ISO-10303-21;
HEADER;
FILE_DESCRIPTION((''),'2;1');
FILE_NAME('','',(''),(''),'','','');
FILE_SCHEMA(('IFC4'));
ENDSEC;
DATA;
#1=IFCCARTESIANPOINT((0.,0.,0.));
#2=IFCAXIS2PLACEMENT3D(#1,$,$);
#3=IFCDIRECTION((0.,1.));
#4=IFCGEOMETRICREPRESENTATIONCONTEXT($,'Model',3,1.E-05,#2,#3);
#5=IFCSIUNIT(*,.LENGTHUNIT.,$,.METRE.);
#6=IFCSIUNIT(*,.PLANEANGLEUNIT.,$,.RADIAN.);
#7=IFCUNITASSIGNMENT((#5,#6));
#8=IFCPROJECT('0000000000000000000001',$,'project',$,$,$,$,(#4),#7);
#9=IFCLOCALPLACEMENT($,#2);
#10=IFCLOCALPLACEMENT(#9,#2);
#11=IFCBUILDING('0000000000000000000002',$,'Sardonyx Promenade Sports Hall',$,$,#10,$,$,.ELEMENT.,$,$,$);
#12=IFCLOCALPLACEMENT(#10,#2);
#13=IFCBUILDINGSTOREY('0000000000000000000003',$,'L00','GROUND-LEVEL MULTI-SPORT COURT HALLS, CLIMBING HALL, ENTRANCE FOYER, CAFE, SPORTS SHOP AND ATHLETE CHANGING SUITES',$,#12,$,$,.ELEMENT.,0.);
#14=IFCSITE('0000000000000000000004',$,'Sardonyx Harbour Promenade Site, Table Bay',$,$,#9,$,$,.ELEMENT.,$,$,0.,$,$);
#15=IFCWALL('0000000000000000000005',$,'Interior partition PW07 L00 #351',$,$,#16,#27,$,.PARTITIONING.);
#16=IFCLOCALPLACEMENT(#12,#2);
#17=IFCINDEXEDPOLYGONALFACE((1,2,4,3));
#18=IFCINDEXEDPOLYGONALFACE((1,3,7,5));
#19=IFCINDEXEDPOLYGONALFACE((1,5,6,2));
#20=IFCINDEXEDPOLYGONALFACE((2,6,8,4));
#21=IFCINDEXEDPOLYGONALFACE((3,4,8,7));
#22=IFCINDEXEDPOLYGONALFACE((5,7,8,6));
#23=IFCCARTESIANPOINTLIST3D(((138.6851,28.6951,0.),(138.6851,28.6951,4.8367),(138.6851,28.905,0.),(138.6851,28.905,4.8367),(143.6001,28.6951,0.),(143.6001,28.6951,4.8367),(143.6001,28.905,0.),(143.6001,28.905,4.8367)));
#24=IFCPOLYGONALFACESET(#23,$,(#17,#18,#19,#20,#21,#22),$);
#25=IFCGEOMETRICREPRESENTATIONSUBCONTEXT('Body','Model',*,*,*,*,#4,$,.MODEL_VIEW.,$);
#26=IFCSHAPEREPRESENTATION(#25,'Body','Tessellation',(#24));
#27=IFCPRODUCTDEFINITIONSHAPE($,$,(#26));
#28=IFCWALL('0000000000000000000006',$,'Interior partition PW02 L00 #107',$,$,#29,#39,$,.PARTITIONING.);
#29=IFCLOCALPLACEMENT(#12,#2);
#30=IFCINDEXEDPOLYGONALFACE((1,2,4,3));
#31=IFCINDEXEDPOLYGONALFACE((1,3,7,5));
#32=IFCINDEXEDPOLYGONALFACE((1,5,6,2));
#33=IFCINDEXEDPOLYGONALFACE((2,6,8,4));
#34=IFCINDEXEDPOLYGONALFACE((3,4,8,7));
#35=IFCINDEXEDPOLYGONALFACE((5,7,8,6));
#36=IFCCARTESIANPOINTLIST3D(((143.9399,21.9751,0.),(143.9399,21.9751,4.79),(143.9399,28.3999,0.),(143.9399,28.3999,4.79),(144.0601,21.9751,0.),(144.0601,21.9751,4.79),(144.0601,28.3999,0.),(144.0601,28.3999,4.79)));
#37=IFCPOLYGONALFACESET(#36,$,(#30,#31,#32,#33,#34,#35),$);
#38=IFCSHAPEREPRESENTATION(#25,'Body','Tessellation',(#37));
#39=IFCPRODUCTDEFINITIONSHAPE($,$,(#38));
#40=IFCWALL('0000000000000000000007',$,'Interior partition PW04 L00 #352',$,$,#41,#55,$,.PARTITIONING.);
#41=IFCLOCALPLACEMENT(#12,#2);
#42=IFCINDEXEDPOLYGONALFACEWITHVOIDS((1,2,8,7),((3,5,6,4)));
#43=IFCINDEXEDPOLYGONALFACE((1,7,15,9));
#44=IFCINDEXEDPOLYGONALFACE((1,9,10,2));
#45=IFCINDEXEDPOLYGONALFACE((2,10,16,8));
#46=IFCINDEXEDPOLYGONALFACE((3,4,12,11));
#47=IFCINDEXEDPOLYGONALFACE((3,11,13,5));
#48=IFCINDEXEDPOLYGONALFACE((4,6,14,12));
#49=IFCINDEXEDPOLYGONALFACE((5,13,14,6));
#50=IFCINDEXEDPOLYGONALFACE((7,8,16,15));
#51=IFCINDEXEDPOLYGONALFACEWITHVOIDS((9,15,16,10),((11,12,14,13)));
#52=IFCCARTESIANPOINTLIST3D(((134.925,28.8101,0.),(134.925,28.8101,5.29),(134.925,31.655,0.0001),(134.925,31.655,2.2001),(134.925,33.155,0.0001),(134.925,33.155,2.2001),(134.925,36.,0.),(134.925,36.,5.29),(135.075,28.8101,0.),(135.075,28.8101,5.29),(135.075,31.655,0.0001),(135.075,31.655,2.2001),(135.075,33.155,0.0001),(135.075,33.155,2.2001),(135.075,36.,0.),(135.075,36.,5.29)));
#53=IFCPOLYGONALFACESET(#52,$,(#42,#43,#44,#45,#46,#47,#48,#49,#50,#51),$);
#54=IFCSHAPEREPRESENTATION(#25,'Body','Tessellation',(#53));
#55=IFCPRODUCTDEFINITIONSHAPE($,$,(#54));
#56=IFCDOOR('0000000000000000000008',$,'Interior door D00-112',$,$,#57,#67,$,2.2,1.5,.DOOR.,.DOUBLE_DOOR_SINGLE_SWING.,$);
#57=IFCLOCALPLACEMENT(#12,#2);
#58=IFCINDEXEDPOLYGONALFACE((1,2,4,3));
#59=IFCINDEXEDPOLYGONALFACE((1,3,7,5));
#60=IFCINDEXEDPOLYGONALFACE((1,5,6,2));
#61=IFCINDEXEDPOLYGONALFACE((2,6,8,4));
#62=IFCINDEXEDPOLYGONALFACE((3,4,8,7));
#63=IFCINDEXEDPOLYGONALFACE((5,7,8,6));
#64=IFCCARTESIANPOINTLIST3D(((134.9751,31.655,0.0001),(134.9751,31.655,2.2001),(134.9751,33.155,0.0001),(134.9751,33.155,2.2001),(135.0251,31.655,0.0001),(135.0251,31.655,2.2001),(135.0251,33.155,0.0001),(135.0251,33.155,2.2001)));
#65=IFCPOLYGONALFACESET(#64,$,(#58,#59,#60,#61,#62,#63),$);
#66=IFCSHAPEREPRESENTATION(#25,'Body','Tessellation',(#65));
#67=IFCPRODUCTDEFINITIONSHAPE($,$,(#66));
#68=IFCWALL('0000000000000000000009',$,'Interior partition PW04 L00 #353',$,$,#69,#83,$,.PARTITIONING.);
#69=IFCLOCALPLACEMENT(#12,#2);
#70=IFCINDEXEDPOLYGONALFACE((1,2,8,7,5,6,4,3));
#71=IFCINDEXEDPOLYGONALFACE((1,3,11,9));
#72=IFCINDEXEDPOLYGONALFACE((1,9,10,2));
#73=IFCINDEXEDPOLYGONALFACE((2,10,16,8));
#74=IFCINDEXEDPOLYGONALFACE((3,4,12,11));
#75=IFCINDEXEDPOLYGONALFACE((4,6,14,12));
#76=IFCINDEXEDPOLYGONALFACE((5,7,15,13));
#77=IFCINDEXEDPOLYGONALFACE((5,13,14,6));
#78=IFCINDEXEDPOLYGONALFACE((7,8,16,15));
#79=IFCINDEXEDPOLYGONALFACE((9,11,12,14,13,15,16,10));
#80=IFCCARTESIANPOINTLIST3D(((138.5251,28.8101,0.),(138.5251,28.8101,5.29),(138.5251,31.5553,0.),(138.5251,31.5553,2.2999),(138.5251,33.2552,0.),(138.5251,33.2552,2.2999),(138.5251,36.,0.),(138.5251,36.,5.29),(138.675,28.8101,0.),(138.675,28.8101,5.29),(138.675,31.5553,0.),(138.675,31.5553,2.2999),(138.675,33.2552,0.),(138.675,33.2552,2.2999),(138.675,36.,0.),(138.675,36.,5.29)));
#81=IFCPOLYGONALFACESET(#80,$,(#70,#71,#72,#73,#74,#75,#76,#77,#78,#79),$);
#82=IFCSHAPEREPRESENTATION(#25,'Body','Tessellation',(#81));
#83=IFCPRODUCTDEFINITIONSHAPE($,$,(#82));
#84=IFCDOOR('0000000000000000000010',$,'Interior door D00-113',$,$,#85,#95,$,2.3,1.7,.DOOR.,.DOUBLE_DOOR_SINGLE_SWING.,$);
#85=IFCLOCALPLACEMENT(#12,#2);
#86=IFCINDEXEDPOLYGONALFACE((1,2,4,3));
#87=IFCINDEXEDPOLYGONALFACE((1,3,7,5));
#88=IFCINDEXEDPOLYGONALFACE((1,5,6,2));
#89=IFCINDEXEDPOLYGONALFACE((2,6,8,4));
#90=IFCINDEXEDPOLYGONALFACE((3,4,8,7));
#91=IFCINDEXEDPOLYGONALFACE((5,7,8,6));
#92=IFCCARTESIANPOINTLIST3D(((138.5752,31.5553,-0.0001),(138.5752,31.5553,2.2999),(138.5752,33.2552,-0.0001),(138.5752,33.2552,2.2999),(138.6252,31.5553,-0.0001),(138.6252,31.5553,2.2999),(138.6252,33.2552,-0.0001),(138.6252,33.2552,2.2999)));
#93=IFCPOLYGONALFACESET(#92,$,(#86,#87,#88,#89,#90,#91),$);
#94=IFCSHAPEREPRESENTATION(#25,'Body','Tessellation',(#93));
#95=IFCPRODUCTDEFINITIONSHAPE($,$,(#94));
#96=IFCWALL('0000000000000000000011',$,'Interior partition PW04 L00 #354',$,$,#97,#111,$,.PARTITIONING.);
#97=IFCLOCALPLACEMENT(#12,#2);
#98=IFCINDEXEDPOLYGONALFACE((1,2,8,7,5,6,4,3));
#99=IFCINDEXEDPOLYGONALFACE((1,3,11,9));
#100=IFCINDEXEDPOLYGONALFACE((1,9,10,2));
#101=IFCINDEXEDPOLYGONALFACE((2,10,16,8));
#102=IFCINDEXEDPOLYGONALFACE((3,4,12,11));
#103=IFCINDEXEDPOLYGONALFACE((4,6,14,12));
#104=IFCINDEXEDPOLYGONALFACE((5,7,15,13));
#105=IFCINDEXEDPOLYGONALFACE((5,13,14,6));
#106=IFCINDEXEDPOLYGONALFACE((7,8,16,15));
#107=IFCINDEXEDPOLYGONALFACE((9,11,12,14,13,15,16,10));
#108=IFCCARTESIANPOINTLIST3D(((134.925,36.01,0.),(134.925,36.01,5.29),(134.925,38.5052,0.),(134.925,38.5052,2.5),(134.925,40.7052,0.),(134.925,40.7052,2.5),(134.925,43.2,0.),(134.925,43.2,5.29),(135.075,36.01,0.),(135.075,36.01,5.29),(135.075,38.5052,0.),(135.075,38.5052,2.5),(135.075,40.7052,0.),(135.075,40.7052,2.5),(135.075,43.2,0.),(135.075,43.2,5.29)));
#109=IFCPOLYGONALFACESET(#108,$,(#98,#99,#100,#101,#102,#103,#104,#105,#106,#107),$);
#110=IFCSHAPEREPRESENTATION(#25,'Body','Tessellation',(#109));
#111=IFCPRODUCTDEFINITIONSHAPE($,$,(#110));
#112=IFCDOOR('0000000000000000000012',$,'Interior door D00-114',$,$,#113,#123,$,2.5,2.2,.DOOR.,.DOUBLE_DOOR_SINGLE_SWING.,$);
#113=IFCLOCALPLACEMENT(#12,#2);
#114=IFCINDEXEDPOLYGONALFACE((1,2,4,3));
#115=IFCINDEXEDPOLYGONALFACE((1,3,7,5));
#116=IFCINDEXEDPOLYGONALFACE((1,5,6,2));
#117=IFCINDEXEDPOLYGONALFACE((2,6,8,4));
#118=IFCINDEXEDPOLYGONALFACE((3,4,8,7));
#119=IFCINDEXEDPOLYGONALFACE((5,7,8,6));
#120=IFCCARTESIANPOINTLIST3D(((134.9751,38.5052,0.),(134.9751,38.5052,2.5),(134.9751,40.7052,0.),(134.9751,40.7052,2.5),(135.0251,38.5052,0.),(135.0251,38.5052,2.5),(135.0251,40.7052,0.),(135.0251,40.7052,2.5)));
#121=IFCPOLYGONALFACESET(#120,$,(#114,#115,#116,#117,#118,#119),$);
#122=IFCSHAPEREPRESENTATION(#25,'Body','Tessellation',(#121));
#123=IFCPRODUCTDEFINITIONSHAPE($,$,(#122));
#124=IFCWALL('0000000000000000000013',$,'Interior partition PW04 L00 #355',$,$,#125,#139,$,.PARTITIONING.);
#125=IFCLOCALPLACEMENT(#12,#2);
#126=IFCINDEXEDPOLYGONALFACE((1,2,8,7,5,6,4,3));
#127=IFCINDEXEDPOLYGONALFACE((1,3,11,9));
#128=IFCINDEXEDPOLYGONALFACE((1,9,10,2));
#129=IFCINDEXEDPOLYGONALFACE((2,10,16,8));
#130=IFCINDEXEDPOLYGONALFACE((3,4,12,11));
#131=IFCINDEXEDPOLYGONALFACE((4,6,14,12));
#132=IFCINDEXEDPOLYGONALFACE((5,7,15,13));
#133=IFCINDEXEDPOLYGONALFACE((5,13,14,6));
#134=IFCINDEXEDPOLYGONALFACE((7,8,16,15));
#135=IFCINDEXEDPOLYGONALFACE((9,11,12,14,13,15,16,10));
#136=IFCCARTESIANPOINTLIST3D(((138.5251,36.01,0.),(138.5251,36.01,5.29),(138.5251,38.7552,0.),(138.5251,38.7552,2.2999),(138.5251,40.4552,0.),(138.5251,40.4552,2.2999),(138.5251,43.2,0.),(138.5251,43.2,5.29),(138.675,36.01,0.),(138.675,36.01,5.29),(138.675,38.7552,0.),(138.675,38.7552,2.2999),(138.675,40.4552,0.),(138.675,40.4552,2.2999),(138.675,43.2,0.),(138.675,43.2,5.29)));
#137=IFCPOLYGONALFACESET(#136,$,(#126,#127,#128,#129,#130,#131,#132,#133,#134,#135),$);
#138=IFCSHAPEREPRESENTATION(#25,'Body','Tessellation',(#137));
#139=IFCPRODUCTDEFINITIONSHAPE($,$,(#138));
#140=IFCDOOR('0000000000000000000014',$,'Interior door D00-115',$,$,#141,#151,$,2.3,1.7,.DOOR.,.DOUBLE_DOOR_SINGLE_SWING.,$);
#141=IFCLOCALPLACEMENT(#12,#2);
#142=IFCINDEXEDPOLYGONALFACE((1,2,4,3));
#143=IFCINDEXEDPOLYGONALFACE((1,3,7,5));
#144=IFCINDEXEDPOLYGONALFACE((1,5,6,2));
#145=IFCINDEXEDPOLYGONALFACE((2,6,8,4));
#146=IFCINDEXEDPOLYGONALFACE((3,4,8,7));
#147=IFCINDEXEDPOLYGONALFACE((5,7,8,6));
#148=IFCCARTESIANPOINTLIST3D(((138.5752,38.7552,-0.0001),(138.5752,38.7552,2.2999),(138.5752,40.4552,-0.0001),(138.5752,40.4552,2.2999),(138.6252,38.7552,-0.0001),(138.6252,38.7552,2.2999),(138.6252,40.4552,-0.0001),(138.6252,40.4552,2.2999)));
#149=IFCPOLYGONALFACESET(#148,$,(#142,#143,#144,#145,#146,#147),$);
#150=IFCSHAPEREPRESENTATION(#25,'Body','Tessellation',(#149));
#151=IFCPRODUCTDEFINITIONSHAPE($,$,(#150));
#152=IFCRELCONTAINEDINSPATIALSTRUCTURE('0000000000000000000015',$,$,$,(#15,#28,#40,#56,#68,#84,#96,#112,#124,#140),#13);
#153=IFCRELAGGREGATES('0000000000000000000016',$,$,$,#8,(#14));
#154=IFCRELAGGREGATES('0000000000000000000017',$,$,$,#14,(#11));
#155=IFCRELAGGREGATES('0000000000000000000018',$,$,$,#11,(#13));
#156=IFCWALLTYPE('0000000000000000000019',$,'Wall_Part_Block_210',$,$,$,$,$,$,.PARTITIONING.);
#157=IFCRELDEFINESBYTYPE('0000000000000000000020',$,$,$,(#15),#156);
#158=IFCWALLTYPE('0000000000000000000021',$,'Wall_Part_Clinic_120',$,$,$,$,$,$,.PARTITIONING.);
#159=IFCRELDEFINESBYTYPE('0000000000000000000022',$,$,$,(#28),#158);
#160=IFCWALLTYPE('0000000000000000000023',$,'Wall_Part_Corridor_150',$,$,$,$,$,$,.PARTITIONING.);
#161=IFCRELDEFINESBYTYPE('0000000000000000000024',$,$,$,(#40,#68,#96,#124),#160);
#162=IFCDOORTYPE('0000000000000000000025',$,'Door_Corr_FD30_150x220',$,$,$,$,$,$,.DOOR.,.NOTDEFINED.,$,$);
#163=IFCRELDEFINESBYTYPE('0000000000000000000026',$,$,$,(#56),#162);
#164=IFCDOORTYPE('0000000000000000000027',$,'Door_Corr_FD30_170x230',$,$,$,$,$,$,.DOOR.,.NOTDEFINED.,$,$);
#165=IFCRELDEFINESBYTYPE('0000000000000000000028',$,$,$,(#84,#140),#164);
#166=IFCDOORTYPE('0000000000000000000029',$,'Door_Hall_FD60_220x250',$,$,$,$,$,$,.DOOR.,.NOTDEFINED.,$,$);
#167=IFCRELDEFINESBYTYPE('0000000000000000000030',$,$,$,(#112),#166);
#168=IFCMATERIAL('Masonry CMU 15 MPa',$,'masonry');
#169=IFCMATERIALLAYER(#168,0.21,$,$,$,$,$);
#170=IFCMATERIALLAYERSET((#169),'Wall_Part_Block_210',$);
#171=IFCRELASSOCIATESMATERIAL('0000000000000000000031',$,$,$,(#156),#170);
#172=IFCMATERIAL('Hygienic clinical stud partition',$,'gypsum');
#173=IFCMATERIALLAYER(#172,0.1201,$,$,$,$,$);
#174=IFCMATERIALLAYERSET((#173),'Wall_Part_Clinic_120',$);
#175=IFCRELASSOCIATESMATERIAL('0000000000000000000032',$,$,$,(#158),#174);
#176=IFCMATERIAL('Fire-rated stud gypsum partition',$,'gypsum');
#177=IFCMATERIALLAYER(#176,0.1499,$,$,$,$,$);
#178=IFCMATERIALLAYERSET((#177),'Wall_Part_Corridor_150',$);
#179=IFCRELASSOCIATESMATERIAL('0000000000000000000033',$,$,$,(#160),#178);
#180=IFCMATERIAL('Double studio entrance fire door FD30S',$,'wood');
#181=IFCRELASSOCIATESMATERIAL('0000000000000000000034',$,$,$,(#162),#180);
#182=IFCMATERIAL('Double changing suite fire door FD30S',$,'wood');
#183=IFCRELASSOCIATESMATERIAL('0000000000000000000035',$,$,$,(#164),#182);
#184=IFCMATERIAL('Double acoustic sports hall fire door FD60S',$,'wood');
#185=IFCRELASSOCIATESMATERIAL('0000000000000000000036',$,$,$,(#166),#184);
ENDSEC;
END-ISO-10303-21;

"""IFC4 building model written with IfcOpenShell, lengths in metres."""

from ifc_helpers import new_model, si_unit, direction, frame, frame_2d, origin, place, context, subcontext, project, spatial, rectangle, extrude, material, layer, layer_set, type_object, element, fill, save


model = new_model("IFC4")

# Units and contexts
model_context = context("Model", 3, precision=1e-05, world=origin(), true_north=direction((0.0, 1.0)))
body_context = subcontext(model_context, "Body", "Model", "MODEL_VIEW")
ifc_project = project(units=[si_unit("LENGTHUNIT", "METRE"), si_unit("PLANEANGLEUNIT", "RADIAN")], contexts=[model_context])

# Site, building, storey
site_placement = place(None, origin())
site = spatial("IfcSite", under=ifc_project, at=site_placement, Name="Sardonyx Harbour Promenade Site, Table Bay", CompositionType="ELEMENT", RefElevation=0.0)
building_placement = place(site_placement, origin())
building = spatial("IfcBuilding", under=site, at=building_placement, Name="Sardonyx Promenade Sports Hall", CompositionType="ELEMENT")
storey_placement = place(building_placement, origin())
storey = spatial("IfcBuildingStorey", under=building, at=storey_placement, Name="L00", Description="GROUND-LEVEL MULTI-SPORT COURT HALLS, CLIMBING HALL, ENTRANCE FOYER, CAFE, SPORTS SHOP AND ATHLETE CHANGING SUITES", CompositionType="ELEMENT", Elevation=0.0)

# Walls
ifc_material_1 = material(Name="Masonry CMU 15 MPa", Category="masonry")
ifc_layer_1 = layer(ifc_material_1, 0.21)
ifc_layer_set_1 = layer_set([ifc_layer_1], Name="Wall_Part_Block_210")
wall_type_1 = type_object("IfcWallType", Name="Wall_Part_Block_210", PredefinedType="PARTITIONING", material=ifc_layer_set_1)
wall_1_placement = place(storey_placement, frame((138.6851, 28.8, 0.0), z_axis=(0.0, 0.0, 1.0), x_axis=(1.0, 0.0, 0.0)))
element("IfcWall", 1, at=wall_1_placement, inside=storey, type_object=wall_type_1, Name="Interior partition PW07 L00 #351", PredefinedType="PARTITIONING", context=body_context, shape_type="SweptSolid", body=[
    extrude(rectangle(XDim=4.915, YDim=0.21, at=frame_2d((2.4575, 0.0))), origin(), (0.0, 0.0, 1.0), 4.8367),
])
ifc_material_2 = material(Name="Hygienic clinical stud partition", Category="gypsum")
ifc_layer_2 = layer(ifc_material_2, 0.1201)
ifc_layer_set_2 = layer_set([ifc_layer_2], Name="Wall_Part_Clinic_120")
wall_type_2 = type_object("IfcWallType", Name="Wall_Part_Clinic_120", PredefinedType="PARTITIONING", material=ifc_layer_set_2)
wall_2_placement = place(storey_placement, frame((144.0, 21.9751, 0.0), z_axis=(0.0, 0.0, 1.0), x_axis=(0.0, 1.0, 0.0)))
element("IfcWall", 2, at=wall_2_placement, inside=storey, type_object=wall_type_2, Name="Interior partition PW02 L00 #107", PredefinedType="PARTITIONING", context=body_context, shape_type="SweptSolid", body=[
    extrude(rectangle(XDim=6.4248, YDim=0.1201, at=frame_2d((3.2124, 0.0))), origin(), (0.0, 0.0, 1.0), 4.79),
])

# Walls, openings, doors
ifc_material_3 = material(Name="Fire-rated stud gypsum partition", Category="gypsum")
ifc_layer_3 = layer(ifc_material_3, 0.1499)
ifc_layer_set_3 = layer_set([ifc_layer_3], Name="Wall_Part_Corridor_150")
wall_type_3 = type_object("IfcWallType", Name="Wall_Part_Corridor_150", PredefinedType="PARTITIONING", material=ifc_layer_set_3)
wall_3_placement = place(storey_placement, frame((135.0, 28.8101, 0.0), z_axis=(0.0, 0.0, 1.0), x_axis=(0.0, 1.0, 0.0)))
wall_3 = element("IfcWall", 3, at=wall_3_placement, inside=storey, type_object=wall_type_3, Name="Interior partition PW04 L00 #352", PredefinedType="PARTITIONING", context=body_context, shape_type="SweptSolid", body=[
    extrude(rectangle(XDim=7.1899, YDim=0.1499, at=frame_2d((3.595, 0.0))), origin(), (0.0, 0.0, 1.0), 5.29),
])
opening_1_placement = place(wall_3_placement, frame((2.845, 0.0, 0.0)))
opening_1 = element("IfcOpeningElement", 4, at=opening_1_placement, cuts=wall_3, PredefinedType="OPENING", context=body_context, shape_type="SweptSolid", body=[
    extrude(rectangle(XDim=1.5, YDim=2.2, at=frame_2d((0.75, 1.1001))), frame((0.0, 0.085, 0.0), z_axis=(0.0, -1.0, 0.0), x_axis=(1.0, 0.0, 0.0)), (0.0, 0.0, 1.0), 0.17),
])
ifc_material_4 = material(Name="Double studio entrance fire door FD30S", Category="wood")
door_type_1 = type_object("IfcDoorType", Name="Door_Corr_FD30_150x220", OperationType="NOTDEFINED", PredefinedType="DOOR", material=ifc_material_4)
door_1_placement = place(opening_1_placement, origin())
door_1 = element("IfcDoor", 5, at=door_1_placement, inside=storey, type_object=door_type_1, Name="Interior door D00-112", OperationType="DOUBLE_DOOR_SINGLE_SWING", OverallHeight=2.2, OverallWidth=1.5, PredefinedType="DOOR", context=body_context, shape_type="SweptSolid", body=[
    extrude(rectangle(XDim=1.5, YDim=2.2, at=frame_2d((0.75, 1.1001))), frame((0.0, 0.0249, 0.0), z_axis=(0.0, -1.0, 0.0), x_axis=(1.0, 0.0, 0.0)), (0.0, 0.0, 1.0), 0.05),
])
fill(opening_1, door_1)
wall_4_placement = place(storey_placement, frame((138.6001, 28.8101, 0.0), z_axis=(0.0, 0.0, 1.0), x_axis=(0.0, 1.0, 0.0)))
wall_4 = element("IfcWall", 6, at=wall_4_placement, inside=storey, type_object=wall_type_3, Name="Interior partition PW04 L00 #353", PredefinedType="PARTITIONING", context=body_context, shape_type="SweptSolid", body=[
    extrude(rectangle(XDim=7.1899, YDim=0.1499, at=frame_2d((3.595, 0.0))), origin(), (0.0, 0.0, 1.0), 5.29),
])
opening_2_placement = place(wall_4_placement, frame((2.7451, 0.0, 0.0)))
opening_2 = element("IfcOpeningElement", 7, at=opening_2_placement, cuts=wall_4, PredefinedType="OPENING", context=body_context, shape_type="SweptSolid", body=[
    extrude(rectangle(XDim=1.7, YDim=2.3, at=frame_2d((0.8501, 1.1499))), frame((0.0, 0.085, 0.0), z_axis=(0.0, -1.0, 0.0), x_axis=(1.0, 0.0, 0.0)), (0.0, 0.0, 1.0), 0.17),
])
ifc_material_5 = material(Name="Double changing suite fire door FD30S", Category="wood")
door_type_2 = type_object("IfcDoorType", Name="Door_Corr_FD30_170x230", OperationType="NOTDEFINED", PredefinedType="DOOR", material=ifc_material_5)
door_2_placement = place(opening_2_placement, origin())
door_2 = element("IfcDoor", 8, at=door_2_placement, inside=storey, type_object=door_type_2, Name="Interior door D00-113", OperationType="DOUBLE_DOOR_SINGLE_SWING", OverallHeight=2.3, OverallWidth=1.7, PredefinedType="DOOR", context=body_context, shape_type="SweptSolid", body=[
    extrude(rectangle(XDim=1.7, YDim=2.3, at=frame_2d((0.8501, 1.1499))), frame((0.0, 0.0249, 0.0), z_axis=(0.0, -1.0, 0.0), x_axis=(1.0, 0.0, 0.0)), (0.0, 0.0, 1.0), 0.05),
])
fill(opening_2, door_2)
wall_5_placement = place(storey_placement, frame((135.0, 36.01, 0.0), z_axis=(0.0, 0.0, 1.0), x_axis=(0.0, 1.0, 0.0)))
wall_5 = element("IfcWall", 9, at=wall_5_placement, inside=storey, type_object=wall_type_3, Name="Interior partition PW04 L00 #354", PredefinedType="PARTITIONING", context=body_context, shape_type="SweptSolid", body=[
    extrude(rectangle(XDim=7.1899, YDim=0.1499, at=frame_2d((3.595, 0.0))), origin(), (0.0, 0.0, 1.0), 5.29),
])
opening_3_placement = place(wall_5_placement, frame((2.4951, 0.0, 0.0)))
opening_3 = element("IfcOpeningElement", 10, at=opening_3_placement, cuts=wall_5, PredefinedType="OPENING", context=body_context, shape_type="SweptSolid", body=[
    extrude(rectangle(XDim=2.2, YDim=2.5, at=frame_2d((1.1001, 1.25))), frame((0.0, 0.085, 0.0), z_axis=(0.0, -1.0, 0.0), x_axis=(1.0, 0.0, 0.0)), (0.0, 0.0, 1.0), 0.17),
])
ifc_material_6 = material(Name="Double acoustic sports hall fire door FD60S", Category="wood")
door_type_3 = type_object("IfcDoorType", Name="Door_Hall_FD60_220x250", OperationType="NOTDEFINED", PredefinedType="DOOR", material=ifc_material_6)
door_3_placement = place(opening_3_placement, origin())
door_3 = element("IfcDoor", 11, at=door_3_placement, inside=storey, type_object=door_type_3, Name="Interior door D00-114", OperationType="DOUBLE_DOOR_SINGLE_SWING", OverallHeight=2.5, OverallWidth=2.2, PredefinedType="DOOR", context=body_context, shape_type="SweptSolid", body=[
    extrude(rectangle(XDim=2.2, YDim=2.5, at=frame_2d((1.1001, 1.25))), frame((0.0, 0.0249, 0.0), z_axis=(0.0, -1.0, 0.0), x_axis=(1.0, 0.0, 0.0)), (0.0, 0.0, 1.0), 0.05),
])
fill(opening_3, door_3)
wall_6_placement = place(storey_placement, frame((138.6001, 36.01, 0.0), z_axis=(0.0, 0.0, 1.0), x_axis=(0.0, 1.0, 0.0)))
wall_6 = element("IfcWall", 12, at=wall_6_placement, inside=storey, type_object=wall_type_3, Name="Interior partition PW04 L00 #355", PredefinedType="PARTITIONING", context=body_context, shape_type="SweptSolid", body=[
    extrude(rectangle(XDim=7.1899, YDim=0.1499, at=frame_2d((3.595, 0.0))), origin(), (0.0, 0.0, 1.0), 5.29),
])
opening_4_placement = place(wall_6_placement, frame((2.7451, 0.0, 0.0)))
opening_4 = element("IfcOpeningElement", 13, at=opening_4_placement, cuts=wall_6, PredefinedType="OPENING", context=body_context, shape_type="SweptSolid", body=[
    extrude(rectangle(XDim=1.7, YDim=2.3, at=frame_2d((0.8501, 1.1499))), frame((0.0, 0.085, 0.0), z_axis=(0.0, -1.0, 0.0), x_axis=(1.0, 0.0, 0.0)), (0.0, 0.0, 1.0), 0.17),
])
door_4_placement = place(opening_4_placement, origin())
door_4 = element("IfcDoor", 14, at=door_4_placement, inside=storey, type_object=door_type_2, Name="Interior door D00-115", OperationType="DOUBLE_DOOR_SINGLE_SWING", OverallHeight=2.3, OverallWidth=1.7, PredefinedType="DOOR", context=body_context, shape_type="SweptSolid", body=[
    extrude(rectangle(XDim=1.7, YDim=2.3, at=frame_2d((0.8501, 1.1499))), frame((0.0, 0.0249, 0.0), z_axis=(0.0, -1.0, 0.0), x_axis=(1.0, 0.0, 0.0)), (0.0, 0.0, 1.0), 0.05),
])
fill(opening_4, door_4)

save(model, "model.ifc")
